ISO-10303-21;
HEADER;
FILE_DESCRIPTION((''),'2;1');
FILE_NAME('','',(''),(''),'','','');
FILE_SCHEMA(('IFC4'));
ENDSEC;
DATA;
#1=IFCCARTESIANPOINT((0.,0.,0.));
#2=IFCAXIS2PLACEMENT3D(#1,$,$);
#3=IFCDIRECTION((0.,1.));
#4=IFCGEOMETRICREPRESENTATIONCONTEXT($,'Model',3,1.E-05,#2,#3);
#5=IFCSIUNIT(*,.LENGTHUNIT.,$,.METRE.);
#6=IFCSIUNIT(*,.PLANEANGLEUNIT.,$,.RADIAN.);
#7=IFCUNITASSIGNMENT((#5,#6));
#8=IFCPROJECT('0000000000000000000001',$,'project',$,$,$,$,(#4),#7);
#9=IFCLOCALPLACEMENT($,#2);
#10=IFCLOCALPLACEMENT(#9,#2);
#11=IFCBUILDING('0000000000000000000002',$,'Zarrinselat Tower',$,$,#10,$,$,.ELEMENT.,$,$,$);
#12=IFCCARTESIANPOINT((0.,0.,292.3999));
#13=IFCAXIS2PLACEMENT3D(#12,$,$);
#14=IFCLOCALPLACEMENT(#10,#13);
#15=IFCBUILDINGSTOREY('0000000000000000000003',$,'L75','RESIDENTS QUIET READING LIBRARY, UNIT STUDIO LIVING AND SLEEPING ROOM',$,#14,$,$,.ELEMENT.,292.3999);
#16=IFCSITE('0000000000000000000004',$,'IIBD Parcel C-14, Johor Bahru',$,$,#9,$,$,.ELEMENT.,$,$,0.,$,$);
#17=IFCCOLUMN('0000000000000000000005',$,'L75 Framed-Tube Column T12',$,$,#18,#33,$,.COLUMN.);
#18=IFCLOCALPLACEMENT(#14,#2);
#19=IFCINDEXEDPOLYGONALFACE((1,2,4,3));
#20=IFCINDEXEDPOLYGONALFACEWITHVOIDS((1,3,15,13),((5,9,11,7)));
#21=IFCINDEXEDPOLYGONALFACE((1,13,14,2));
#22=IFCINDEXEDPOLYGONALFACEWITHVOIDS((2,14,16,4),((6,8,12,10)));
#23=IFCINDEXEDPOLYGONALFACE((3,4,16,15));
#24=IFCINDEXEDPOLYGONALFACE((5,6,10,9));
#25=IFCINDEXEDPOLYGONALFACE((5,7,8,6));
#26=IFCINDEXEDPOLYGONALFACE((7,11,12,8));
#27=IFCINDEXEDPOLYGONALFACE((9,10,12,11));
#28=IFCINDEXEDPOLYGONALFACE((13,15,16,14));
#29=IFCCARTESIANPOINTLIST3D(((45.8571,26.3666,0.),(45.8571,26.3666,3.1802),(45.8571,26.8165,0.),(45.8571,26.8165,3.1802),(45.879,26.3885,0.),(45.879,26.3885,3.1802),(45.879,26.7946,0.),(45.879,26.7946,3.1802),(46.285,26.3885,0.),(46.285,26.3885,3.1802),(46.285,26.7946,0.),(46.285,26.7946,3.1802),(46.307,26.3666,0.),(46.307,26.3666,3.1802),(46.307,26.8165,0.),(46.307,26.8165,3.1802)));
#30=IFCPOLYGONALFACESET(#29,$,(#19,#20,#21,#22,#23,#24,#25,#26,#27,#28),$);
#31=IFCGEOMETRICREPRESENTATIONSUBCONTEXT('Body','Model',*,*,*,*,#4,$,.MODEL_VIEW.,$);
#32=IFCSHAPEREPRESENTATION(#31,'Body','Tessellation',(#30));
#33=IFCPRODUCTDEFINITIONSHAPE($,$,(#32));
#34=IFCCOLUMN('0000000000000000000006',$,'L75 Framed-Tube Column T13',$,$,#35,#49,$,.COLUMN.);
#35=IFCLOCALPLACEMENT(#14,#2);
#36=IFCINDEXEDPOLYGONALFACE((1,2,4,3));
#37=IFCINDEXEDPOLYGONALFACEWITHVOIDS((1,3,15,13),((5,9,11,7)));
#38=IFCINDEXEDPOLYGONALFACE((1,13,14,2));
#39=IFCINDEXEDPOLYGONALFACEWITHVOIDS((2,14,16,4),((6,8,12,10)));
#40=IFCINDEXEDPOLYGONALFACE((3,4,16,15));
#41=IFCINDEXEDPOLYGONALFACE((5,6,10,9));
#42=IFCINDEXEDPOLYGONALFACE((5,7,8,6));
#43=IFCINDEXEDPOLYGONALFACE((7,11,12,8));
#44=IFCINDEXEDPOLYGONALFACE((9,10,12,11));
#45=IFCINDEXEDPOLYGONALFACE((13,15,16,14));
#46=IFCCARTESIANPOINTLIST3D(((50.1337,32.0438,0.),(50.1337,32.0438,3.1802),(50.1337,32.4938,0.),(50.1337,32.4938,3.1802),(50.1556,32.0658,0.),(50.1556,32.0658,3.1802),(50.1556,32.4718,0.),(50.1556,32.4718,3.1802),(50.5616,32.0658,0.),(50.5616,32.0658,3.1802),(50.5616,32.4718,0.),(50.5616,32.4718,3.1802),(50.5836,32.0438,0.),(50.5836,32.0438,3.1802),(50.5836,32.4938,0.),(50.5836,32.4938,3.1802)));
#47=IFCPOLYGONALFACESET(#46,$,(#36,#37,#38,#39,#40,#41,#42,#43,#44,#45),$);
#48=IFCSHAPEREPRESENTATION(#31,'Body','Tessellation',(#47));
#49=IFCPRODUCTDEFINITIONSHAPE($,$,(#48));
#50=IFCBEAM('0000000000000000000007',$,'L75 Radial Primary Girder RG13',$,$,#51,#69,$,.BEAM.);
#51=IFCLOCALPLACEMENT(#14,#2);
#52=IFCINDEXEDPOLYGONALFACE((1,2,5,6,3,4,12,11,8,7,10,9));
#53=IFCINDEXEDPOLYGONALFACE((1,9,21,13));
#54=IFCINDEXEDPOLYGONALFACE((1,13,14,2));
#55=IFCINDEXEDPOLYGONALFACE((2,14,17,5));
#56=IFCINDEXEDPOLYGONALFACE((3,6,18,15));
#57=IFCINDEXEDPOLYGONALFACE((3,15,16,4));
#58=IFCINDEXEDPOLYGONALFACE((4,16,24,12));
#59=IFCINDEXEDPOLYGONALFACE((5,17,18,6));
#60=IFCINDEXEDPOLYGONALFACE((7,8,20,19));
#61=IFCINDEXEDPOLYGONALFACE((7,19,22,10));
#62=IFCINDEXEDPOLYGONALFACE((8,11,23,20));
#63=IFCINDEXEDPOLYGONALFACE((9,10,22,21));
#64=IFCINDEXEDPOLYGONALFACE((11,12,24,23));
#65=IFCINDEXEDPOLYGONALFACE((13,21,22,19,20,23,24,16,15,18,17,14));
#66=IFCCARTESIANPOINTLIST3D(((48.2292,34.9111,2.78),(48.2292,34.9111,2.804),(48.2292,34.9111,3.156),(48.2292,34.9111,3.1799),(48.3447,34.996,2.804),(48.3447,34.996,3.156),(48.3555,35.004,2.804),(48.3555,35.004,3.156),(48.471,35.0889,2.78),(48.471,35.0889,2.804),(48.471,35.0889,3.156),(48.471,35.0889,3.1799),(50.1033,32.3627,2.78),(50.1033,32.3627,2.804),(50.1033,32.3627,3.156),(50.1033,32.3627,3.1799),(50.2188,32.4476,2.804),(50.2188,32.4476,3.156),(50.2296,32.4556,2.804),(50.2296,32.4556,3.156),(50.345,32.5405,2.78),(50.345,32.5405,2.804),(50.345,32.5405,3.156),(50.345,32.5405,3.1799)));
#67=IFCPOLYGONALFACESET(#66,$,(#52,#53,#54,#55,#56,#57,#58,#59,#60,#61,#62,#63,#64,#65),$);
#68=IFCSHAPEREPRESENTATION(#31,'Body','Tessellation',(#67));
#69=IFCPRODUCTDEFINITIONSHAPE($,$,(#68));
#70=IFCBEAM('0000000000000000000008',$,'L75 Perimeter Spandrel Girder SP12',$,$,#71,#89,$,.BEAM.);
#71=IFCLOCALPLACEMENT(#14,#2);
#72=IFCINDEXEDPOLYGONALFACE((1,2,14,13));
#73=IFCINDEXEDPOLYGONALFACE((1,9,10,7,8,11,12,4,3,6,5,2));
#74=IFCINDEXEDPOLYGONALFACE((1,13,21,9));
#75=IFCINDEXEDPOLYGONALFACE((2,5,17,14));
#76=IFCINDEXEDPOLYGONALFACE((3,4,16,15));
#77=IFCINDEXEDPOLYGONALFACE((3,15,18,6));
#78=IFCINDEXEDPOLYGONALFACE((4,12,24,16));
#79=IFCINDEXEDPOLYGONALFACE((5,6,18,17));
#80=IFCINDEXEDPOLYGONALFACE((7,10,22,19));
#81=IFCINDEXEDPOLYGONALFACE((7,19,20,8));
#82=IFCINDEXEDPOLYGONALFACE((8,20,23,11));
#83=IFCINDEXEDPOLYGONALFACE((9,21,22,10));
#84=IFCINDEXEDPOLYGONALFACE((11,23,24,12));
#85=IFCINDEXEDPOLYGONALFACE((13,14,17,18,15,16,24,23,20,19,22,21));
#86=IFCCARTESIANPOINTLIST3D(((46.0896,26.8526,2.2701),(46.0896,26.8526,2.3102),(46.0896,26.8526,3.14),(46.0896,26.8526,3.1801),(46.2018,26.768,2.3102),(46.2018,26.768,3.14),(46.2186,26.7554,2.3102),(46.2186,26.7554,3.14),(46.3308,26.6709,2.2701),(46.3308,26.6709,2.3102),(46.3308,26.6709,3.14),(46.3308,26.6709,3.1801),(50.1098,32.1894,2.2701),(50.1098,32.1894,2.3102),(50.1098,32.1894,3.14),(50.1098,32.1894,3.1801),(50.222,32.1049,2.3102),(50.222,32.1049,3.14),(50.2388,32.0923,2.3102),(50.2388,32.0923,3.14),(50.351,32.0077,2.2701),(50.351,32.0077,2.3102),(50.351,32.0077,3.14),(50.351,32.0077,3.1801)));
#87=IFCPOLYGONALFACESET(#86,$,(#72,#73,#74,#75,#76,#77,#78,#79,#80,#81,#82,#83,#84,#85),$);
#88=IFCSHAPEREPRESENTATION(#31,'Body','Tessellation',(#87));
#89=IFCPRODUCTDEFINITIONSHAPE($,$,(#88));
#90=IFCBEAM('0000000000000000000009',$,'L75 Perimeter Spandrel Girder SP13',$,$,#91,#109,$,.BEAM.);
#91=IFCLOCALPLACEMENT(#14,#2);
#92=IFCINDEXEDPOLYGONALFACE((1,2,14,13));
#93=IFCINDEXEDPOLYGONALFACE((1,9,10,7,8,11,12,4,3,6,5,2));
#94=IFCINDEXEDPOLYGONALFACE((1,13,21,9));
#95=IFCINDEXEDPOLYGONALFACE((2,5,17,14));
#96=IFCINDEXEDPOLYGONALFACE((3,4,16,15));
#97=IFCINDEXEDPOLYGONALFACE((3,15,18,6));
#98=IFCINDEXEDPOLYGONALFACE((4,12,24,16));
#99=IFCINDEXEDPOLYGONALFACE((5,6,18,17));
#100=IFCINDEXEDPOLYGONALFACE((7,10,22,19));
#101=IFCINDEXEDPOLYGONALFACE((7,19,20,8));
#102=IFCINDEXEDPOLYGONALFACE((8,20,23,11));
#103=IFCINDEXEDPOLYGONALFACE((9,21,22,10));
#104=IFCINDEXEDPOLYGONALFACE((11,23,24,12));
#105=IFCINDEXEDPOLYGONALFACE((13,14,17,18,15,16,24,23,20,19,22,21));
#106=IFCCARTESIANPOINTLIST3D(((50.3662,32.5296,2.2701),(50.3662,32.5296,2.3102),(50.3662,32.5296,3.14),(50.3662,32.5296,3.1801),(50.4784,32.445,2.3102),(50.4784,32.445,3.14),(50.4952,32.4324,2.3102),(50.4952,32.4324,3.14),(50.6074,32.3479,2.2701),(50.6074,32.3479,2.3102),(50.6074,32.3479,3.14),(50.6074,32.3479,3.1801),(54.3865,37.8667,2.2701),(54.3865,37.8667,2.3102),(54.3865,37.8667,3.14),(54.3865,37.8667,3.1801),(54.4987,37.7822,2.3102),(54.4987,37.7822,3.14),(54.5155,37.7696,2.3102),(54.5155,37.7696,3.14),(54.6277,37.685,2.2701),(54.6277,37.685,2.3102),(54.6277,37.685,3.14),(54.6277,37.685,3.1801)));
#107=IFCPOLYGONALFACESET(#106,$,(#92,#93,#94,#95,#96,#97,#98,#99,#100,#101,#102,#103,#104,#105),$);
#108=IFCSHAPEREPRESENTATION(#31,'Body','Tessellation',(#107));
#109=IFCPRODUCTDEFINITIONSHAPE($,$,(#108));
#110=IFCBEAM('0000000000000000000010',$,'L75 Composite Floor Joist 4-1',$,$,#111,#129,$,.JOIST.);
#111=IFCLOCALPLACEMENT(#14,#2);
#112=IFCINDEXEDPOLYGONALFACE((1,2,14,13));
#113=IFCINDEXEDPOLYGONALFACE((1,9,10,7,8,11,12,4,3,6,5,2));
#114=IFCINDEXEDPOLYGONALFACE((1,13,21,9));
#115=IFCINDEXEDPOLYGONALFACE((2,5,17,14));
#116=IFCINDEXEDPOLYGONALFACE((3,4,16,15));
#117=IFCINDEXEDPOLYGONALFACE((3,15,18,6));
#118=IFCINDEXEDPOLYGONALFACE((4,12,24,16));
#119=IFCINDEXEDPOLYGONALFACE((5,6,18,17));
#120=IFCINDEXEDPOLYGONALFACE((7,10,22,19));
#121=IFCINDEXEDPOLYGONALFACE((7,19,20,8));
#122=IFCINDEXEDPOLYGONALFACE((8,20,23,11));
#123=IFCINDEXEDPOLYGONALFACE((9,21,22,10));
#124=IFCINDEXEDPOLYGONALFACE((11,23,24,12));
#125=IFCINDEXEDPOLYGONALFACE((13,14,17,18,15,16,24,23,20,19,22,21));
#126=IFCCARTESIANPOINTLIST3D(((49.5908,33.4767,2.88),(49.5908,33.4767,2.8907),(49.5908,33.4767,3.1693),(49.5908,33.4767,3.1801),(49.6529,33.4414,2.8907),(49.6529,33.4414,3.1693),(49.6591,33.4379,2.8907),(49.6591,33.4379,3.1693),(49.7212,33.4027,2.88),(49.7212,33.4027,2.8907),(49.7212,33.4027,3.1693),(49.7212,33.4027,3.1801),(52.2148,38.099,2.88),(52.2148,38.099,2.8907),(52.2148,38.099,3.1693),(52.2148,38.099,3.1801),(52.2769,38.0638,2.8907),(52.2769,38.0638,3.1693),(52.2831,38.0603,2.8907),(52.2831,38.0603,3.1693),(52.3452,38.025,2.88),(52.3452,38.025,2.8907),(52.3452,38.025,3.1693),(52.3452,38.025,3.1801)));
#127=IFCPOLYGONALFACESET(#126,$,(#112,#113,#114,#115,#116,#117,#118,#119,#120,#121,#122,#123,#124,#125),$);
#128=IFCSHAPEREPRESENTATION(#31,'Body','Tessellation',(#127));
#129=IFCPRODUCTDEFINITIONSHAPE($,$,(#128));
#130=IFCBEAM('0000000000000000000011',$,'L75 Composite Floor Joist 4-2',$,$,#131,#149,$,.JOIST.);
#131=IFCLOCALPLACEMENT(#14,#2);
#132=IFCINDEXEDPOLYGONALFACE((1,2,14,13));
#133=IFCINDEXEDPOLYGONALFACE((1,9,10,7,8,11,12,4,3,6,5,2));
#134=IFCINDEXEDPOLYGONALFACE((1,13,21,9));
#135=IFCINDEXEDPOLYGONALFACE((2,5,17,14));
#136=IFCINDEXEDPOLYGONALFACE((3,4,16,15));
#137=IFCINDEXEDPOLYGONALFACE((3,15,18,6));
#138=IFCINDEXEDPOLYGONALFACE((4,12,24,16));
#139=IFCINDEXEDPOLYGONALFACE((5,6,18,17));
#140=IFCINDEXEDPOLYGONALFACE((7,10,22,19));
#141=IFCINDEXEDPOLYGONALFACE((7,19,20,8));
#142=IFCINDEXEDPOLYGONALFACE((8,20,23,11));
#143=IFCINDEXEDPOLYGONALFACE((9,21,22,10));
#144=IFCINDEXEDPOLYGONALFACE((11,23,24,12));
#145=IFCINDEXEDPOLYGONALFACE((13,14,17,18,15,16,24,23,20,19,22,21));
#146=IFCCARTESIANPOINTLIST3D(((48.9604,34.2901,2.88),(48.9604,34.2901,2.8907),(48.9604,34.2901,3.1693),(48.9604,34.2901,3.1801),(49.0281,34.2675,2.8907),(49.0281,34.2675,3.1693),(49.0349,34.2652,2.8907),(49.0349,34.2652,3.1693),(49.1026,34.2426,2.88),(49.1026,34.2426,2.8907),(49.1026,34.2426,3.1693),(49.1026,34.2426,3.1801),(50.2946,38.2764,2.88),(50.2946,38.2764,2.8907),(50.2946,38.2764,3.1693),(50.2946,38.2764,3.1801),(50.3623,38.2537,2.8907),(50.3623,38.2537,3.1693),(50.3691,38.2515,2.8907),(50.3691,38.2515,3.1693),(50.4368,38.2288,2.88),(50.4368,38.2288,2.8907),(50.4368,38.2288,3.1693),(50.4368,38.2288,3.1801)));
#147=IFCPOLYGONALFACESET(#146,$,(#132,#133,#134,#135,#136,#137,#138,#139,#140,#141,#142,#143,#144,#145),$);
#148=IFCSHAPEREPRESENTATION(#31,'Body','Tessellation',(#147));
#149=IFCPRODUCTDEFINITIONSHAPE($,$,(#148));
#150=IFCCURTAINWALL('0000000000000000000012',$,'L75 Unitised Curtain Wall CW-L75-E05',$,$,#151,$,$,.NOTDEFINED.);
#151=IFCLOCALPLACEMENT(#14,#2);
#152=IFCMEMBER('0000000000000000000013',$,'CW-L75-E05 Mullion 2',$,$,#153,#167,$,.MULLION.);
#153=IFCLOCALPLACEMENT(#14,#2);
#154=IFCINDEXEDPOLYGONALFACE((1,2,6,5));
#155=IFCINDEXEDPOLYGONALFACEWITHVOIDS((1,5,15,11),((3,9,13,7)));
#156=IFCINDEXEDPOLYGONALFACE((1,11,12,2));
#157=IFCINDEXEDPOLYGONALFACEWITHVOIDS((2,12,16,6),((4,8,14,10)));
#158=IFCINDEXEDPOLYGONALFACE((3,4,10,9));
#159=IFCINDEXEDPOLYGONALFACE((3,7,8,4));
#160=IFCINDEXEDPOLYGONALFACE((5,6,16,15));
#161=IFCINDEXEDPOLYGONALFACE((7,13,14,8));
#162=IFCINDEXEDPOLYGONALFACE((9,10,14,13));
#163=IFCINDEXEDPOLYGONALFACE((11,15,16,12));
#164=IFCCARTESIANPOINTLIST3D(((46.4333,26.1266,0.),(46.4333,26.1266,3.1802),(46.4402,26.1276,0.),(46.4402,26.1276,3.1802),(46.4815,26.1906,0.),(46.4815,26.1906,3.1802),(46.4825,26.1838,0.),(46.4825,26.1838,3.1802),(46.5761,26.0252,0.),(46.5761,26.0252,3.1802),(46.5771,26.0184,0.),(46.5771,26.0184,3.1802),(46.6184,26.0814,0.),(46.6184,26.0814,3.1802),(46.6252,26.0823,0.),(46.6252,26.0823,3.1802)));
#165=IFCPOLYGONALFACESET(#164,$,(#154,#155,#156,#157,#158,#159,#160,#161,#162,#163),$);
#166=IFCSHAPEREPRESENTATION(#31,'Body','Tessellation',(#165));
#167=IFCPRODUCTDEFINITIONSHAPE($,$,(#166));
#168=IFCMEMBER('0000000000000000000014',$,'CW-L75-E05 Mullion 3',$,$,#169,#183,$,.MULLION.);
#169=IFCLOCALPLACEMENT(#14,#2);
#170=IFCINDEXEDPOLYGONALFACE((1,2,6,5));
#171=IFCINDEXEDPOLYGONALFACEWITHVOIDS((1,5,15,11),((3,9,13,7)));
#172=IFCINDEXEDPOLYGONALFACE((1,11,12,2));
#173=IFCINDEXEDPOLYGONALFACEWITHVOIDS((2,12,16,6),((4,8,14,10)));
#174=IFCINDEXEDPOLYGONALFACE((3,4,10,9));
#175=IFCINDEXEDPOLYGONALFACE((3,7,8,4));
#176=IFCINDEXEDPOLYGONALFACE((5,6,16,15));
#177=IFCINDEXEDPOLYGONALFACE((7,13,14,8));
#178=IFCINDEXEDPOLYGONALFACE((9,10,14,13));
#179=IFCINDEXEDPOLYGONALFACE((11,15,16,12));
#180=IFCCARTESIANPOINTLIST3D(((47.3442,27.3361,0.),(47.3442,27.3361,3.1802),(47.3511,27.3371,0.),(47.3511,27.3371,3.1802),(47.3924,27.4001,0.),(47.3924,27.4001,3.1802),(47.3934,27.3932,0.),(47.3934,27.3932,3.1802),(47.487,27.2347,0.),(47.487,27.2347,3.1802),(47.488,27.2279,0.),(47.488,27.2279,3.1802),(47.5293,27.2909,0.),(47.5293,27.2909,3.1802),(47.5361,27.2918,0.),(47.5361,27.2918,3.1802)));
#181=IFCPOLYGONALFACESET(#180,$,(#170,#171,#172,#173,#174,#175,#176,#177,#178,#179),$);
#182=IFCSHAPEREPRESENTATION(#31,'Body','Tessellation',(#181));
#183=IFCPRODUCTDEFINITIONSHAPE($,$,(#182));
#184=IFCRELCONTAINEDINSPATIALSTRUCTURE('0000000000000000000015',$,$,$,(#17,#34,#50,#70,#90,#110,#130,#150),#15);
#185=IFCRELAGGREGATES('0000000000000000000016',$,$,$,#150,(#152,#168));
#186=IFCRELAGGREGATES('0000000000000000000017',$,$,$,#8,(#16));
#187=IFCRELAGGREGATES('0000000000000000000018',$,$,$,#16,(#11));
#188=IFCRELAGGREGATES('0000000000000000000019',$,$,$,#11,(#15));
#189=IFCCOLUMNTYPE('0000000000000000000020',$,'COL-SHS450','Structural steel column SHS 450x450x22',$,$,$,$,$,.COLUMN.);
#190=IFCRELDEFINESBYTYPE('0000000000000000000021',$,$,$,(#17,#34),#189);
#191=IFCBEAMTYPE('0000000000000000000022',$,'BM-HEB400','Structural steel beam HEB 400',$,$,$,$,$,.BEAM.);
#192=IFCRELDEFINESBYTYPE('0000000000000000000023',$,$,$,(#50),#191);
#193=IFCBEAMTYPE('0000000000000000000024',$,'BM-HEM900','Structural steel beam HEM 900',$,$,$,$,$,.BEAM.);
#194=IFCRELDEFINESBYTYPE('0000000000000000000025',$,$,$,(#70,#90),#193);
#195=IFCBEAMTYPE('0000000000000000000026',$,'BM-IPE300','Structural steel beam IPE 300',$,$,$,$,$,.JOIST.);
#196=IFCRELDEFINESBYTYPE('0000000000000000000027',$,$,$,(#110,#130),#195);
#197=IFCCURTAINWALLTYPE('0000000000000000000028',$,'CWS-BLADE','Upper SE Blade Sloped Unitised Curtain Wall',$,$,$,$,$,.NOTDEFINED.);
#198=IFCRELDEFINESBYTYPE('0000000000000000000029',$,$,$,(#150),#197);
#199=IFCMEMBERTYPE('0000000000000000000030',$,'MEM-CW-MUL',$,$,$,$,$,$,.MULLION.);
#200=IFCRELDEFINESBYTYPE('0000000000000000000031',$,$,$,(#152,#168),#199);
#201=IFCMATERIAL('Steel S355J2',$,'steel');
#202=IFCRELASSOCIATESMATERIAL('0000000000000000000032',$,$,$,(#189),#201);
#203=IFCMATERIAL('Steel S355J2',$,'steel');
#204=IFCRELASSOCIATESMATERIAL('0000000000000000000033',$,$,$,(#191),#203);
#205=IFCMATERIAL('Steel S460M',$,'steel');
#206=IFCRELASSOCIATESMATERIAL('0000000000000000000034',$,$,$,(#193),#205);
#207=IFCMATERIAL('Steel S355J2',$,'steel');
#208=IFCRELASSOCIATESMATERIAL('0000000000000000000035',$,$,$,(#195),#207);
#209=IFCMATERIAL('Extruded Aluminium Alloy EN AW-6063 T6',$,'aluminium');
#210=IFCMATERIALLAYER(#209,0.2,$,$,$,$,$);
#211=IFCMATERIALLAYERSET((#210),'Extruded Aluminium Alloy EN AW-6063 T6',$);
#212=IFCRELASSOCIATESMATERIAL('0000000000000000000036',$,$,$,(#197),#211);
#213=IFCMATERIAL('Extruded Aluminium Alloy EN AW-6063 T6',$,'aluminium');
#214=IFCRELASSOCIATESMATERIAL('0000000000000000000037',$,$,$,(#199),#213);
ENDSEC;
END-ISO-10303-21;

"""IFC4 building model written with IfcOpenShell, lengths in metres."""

from ifc_helpers import new_model, si_unit, direction, frame, origin, origin_2d, place, context, subcontext, project, spatial, hollow_rectangle, i_section, extrude, material, layer, layer_set, material_profile, profile_set, type_object, element, aggregate, save


model = new_model("IFC4")

# Units and contexts
model_context = context("Model", 3, precision=1e-05, world=origin(), true_north=direction((0.0, 1.0)))
body_context = subcontext(model_context, "Body", "Model", "MODEL_VIEW")
ifc_project = project(units=[si_unit("LENGTHUNIT", "METRE"), si_unit("PLANEANGLEUNIT", "RADIAN")], contexts=[model_context])

# Site, building, storey
site_placement = place(None, origin())
site = spatial("IfcSite", under=ifc_project, at=site_placement, Name="IIBD Parcel C-14, Johor Bahru", CompositionType="ELEMENT", RefElevation=0.0)
building_placement = place(site_placement, origin())
building = spatial("IfcBuilding", under=site, at=building_placement, Name="Zarrinselat Tower", CompositionType="ELEMENT")
storey_placement = place(building_placement, frame((0.0, 0.0, 292.3999)))
storey = spatial("IfcBuildingStorey", under=building, at=storey_placement, Name="L75", Description="RESIDENTS QUIET READING LIBRARY, UNIT STUDIO LIVING AND SLEEPING ROOM", CompositionType="ELEMENT", Elevation=292.3999)

# Columns
ifc_material_1 = material(Name="Steel S355J2", Category="steel")
ifc_material_profile_1 = material_profile(ifc_material_1, hollow_rectangle(XDim=0.45, YDim=0.45, WallThickness=0.022, at=origin_2d()), Name="SHS 450x450x22")
ifc_profile_set_1 = profile_set([ifc_material_profile_1], Name="Steel S355J2")
column_type = type_object("IfcColumnType", Name="COL-SHS450", Description="Structural steel column SHS 450x450x22", PredefinedType="COLUMN", material=ifc_profile_set_1)
for number, where, z_axis, x_axis, name in (
    (1, (46.082, 26.5916, 0.0), (0.0, 0.0, 1.0), (1.0, 0.0, 0.0), "L75 Framed-Tube Column T12"),
    (2, (50.3586, 32.2688, 0.0), (0.0, 0.0, 1.0), (1.0, 0.0, 0.0), "L75 Framed-Tube Column T13"),
):
    element("IfcColumn", number, at=place(storey_placement, frame(where, z_axis=z_axis, x_axis=x_axis)), inside=storey, type_object=column_type, Name=name, PredefinedType="COLUMN", context=body_context, shape_type="SweptSolid", body=[
        extrude(hollow_rectangle(XDim=0.45, YDim=0.45, WallThickness=0.022, at=origin_2d()), origin(), (0.0, 0.0, 1.0), 3.1802),
    ])

# Beams
ifc_material_2 = material(Name="Steel S355J2", Category="steel")
ifc_material_profile_2 = material_profile(ifc_material_2, i_section(OverallWidth=0.3, OverallDepth=0.3999, WebThickness=0.0134, FlangeThickness=0.0239, at=origin_2d()), Name="HEB 400")
ifc_profile_set_2 = profile_set([ifc_material_profile_2], Name="Steel S355J2")
beam_type_1 = type_object("IfcBeamType", Name="BM-HEB400", Description="Structural steel beam HEB 400", PredefinedType="BEAM", material=ifc_profile_set_2)
beam_1_placement = place(storey_placement, frame((48.3501, 35.0, 2.98), z_axis=(0.592441, -0.805614, 0.0), x_axis=(0.805614, 0.592441, 0.0)))
element("IfcBeam", 3, at=beam_1_placement, inside=storey, type_object=beam_type_1, Name="L75 Radial Primary Girder RG13", PredefinedType="BEAM", context=body_context, shape_type="SweptSolid", body=[
    extrude(i_section(OverallWidth=0.3, OverallDepth=0.3999, WebThickness=0.0134, FlangeThickness=0.0239, at=origin_2d()), origin(), (0.0, 0.0, 1.0), 3.1633),
])
ifc_material_3 = material(Name="Steel S460M", Category="steel")
ifc_material_profile_3 = material_profile(ifc_material_3, i_section(OverallWidth=0.302, OverallDepth=0.9099, WebThickness=0.021, FlangeThickness=0.04, at=origin_2d()), Name="HEM 900")
ifc_profile_set_3 = profile_set([ifc_material_profile_3], Name="Steel S460M")
beam_type_2 = type_object("IfcBeamType", Name="BM-HEM900", Description="Structural steel beam HEM 900", PredefinedType="BEAM", material=ifc_profile_set_3)
beam_2_placement = place(storey_placement, frame((46.2102, 26.7617, 2.7251), z_axis=(0.601682, 0.798735, 0.0), x_axis=(-0.798735, 0.601682, 0.0)))
element("IfcBeam", 4, at=beam_2_placement, inside=storey, type_object=beam_type_2, Name="L75 Perimeter Spandrel Girder SP12", PredefinedType="BEAM", context=body_context, shape_type="SweptSolid", body=[
    extrude(i_section(OverallWidth=0.302, OverallDepth=0.9099, WebThickness=0.021, FlangeThickness=0.04, at=origin_2d()), origin(), (0.0, 0.0, 1.0), 6.6816),
])
beam_3_placement = place(storey_placement, frame((50.4868, 32.4387, 2.7251), z_axis=(0.601665, 0.798749, 0.0), x_axis=(-0.798749, 0.601665, 0.0)))
element("IfcBeam", 5, at=beam_3_placement, inside=storey, type_object=beam_type_2, Name="L75 Perimeter Spandrel Girder SP13", PredefinedType="BEAM", context=body_context, shape_type="SweptSolid", body=[
    extrude(i_section(OverallWidth=0.302, OverallDepth=0.9099, WebThickness=0.021, FlangeThickness=0.04, at=origin_2d()), origin(), (0.0, 0.0, 1.0), 6.6819),
])
ifc_material_4 = material(Name="Steel S355J2", Category="steel")
ifc_material_profile_4 = material_profile(ifc_material_4, i_section(OverallWidth=0.1499, OverallDepth=0.3, WebThickness=0.0071, FlangeThickness=0.0107, at=origin_2d()), Name="IPE 300")
ifc_profile_set_4 = profile_set([ifc_material_profile_4], Name="Steel S355J2")
beam_type_3 = type_object("IfcBeamType", Name="BM-IPE300", Description="Structural steel beam IPE 300", PredefinedType="JOIST", material=ifc_profile_set_4)
beam_4_placement = place(storey_placement, frame((49.656, 33.4397, 3.03), z_axis=(0.493683, 0.869642, 0.0), x_axis=(-0.869642, 0.493683, 0.0)))
element("IfcBeam", 6, at=beam_4_placement, inside=storey, type_object=beam_type_3, Name="L75 Composite Floor Joist 4-1", PredefinedType="JOIST", context=body_context, shape_type="SweptSolid", body=[
    extrude(i_section(OverallWidth=0.1499, OverallDepth=0.3, WebThickness=0.0071, FlangeThickness=0.0107, at=origin_2d()), origin(), (0.0, 0.0, 1.0), 5.3152),
])
beam_5_placement = place(storey_placement, frame((49.0315, 34.2664, 3.03), z_axis=(0.317395, 0.948293, 0.0), x_axis=(-0.948293, 0.317395, 0.0)))
element("IfcBeam", 7, at=beam_5_placement, inside=storey, type_object=beam_type_3, Name="L75 Composite Floor Joist 4-2", PredefinedType="JOIST", context=body_context, shape_type="SweptSolid", body=[
    extrude(i_section(OverallWidth=0.1499, OverallDepth=0.3, WebThickness=0.0071, FlangeThickness=0.0107, at=origin_2d()), origin(), (0.0, 0.0, 1.0), 4.2036),
])

# Curtain wall, members
ifc_material_5 = material(Name="Extruded Aluminium Alloy EN AW-6063 T6", Category="aluminium")
ifc_layer_1 = layer(ifc_material_5, 0.2)
ifc_layer_set_1 = layer_set([ifc_layer_1], Name="Extruded Aluminium Alloy EN AW-6063 T6")
curtain_wall_type = type_object("IfcCurtainWallType", Name="CWS-BLADE", Description="Upper SE Blade Sloped Unitised Curtain Wall", PredefinedType="NOTDEFINED", material=ifc_layer_set_1)
curtain_wall_placement = place(storey_placement, origin())
curtain_wall = element("IfcCurtainWall", 8, at=curtain_wall_placement, inside=storey, type_object=curtain_wall_type, Name="L75 Unitised Curtain Wall CW-L75-E05", PredefinedType="NOTDEFINED")
ifc_material_6 = material(Name="Extruded Aluminium Alloy EN AW-6063 T6", Category="aluminium")
ifc_material_profile_5 = material_profile(ifc_material_6, hollow_rectangle(XDim=0.0801, YDim=0.1799, WallThickness=0.0049, at=origin_2d()), Name="RHS 180x80x5")
ifc_profile_set_5 = profile_set([ifc_material_profile_5], Name="Extruded Aluminium Alloy EN AW-6063 T6")
member_type_1 = type_object("IfcMemberType", Name="MEM-CW-MUL", PredefinedType="MULLION", material=ifc_profile_set_5)
member_1_placement = place(storey_placement, frame((46.5293, 26.1045, 0.0), z_axis=(0.0, 0.0, 1.0), x_axis=(0.601673, 0.798743, 0.0)))
member_1 = element("IfcMember", 9, at=member_1_placement, type_object=member_type_1, Name="CW-L75-E05 Mullion 2", PredefinedType="MULLION", context=body_context, shape_type="SweptSolid", body=[
    extrude(hollow_rectangle(XDim=0.0801, YDim=0.1799, WallThickness=0.0049, at=origin_2d()), origin(), (0.0, 0.0, 1.0), 3.1802),
])
member_2_placement = place(storey_placement, frame((47.4402, 27.314, 0.0), z_axis=(0.0, 0.0, 1.0), x_axis=(0.601673, 0.798743, 0.0)))
member_2 = element("IfcMember", 10, at=member_2_placement, type_object=member_type_1, Name="CW-L75-E05 Mullion 3", PredefinedType="MULLION", context=body_context, shape_type="SweptSolid", body=[
    extrude(hollow_rectangle(XDim=0.0801, YDim=0.1799, WallThickness=0.0049, at=origin_2d()), origin(), (0.0, 0.0, 1.0), 3.1802),
])
aggregate(curtain_wall, [member_1, member_2])

save(model, "model.ifc")
